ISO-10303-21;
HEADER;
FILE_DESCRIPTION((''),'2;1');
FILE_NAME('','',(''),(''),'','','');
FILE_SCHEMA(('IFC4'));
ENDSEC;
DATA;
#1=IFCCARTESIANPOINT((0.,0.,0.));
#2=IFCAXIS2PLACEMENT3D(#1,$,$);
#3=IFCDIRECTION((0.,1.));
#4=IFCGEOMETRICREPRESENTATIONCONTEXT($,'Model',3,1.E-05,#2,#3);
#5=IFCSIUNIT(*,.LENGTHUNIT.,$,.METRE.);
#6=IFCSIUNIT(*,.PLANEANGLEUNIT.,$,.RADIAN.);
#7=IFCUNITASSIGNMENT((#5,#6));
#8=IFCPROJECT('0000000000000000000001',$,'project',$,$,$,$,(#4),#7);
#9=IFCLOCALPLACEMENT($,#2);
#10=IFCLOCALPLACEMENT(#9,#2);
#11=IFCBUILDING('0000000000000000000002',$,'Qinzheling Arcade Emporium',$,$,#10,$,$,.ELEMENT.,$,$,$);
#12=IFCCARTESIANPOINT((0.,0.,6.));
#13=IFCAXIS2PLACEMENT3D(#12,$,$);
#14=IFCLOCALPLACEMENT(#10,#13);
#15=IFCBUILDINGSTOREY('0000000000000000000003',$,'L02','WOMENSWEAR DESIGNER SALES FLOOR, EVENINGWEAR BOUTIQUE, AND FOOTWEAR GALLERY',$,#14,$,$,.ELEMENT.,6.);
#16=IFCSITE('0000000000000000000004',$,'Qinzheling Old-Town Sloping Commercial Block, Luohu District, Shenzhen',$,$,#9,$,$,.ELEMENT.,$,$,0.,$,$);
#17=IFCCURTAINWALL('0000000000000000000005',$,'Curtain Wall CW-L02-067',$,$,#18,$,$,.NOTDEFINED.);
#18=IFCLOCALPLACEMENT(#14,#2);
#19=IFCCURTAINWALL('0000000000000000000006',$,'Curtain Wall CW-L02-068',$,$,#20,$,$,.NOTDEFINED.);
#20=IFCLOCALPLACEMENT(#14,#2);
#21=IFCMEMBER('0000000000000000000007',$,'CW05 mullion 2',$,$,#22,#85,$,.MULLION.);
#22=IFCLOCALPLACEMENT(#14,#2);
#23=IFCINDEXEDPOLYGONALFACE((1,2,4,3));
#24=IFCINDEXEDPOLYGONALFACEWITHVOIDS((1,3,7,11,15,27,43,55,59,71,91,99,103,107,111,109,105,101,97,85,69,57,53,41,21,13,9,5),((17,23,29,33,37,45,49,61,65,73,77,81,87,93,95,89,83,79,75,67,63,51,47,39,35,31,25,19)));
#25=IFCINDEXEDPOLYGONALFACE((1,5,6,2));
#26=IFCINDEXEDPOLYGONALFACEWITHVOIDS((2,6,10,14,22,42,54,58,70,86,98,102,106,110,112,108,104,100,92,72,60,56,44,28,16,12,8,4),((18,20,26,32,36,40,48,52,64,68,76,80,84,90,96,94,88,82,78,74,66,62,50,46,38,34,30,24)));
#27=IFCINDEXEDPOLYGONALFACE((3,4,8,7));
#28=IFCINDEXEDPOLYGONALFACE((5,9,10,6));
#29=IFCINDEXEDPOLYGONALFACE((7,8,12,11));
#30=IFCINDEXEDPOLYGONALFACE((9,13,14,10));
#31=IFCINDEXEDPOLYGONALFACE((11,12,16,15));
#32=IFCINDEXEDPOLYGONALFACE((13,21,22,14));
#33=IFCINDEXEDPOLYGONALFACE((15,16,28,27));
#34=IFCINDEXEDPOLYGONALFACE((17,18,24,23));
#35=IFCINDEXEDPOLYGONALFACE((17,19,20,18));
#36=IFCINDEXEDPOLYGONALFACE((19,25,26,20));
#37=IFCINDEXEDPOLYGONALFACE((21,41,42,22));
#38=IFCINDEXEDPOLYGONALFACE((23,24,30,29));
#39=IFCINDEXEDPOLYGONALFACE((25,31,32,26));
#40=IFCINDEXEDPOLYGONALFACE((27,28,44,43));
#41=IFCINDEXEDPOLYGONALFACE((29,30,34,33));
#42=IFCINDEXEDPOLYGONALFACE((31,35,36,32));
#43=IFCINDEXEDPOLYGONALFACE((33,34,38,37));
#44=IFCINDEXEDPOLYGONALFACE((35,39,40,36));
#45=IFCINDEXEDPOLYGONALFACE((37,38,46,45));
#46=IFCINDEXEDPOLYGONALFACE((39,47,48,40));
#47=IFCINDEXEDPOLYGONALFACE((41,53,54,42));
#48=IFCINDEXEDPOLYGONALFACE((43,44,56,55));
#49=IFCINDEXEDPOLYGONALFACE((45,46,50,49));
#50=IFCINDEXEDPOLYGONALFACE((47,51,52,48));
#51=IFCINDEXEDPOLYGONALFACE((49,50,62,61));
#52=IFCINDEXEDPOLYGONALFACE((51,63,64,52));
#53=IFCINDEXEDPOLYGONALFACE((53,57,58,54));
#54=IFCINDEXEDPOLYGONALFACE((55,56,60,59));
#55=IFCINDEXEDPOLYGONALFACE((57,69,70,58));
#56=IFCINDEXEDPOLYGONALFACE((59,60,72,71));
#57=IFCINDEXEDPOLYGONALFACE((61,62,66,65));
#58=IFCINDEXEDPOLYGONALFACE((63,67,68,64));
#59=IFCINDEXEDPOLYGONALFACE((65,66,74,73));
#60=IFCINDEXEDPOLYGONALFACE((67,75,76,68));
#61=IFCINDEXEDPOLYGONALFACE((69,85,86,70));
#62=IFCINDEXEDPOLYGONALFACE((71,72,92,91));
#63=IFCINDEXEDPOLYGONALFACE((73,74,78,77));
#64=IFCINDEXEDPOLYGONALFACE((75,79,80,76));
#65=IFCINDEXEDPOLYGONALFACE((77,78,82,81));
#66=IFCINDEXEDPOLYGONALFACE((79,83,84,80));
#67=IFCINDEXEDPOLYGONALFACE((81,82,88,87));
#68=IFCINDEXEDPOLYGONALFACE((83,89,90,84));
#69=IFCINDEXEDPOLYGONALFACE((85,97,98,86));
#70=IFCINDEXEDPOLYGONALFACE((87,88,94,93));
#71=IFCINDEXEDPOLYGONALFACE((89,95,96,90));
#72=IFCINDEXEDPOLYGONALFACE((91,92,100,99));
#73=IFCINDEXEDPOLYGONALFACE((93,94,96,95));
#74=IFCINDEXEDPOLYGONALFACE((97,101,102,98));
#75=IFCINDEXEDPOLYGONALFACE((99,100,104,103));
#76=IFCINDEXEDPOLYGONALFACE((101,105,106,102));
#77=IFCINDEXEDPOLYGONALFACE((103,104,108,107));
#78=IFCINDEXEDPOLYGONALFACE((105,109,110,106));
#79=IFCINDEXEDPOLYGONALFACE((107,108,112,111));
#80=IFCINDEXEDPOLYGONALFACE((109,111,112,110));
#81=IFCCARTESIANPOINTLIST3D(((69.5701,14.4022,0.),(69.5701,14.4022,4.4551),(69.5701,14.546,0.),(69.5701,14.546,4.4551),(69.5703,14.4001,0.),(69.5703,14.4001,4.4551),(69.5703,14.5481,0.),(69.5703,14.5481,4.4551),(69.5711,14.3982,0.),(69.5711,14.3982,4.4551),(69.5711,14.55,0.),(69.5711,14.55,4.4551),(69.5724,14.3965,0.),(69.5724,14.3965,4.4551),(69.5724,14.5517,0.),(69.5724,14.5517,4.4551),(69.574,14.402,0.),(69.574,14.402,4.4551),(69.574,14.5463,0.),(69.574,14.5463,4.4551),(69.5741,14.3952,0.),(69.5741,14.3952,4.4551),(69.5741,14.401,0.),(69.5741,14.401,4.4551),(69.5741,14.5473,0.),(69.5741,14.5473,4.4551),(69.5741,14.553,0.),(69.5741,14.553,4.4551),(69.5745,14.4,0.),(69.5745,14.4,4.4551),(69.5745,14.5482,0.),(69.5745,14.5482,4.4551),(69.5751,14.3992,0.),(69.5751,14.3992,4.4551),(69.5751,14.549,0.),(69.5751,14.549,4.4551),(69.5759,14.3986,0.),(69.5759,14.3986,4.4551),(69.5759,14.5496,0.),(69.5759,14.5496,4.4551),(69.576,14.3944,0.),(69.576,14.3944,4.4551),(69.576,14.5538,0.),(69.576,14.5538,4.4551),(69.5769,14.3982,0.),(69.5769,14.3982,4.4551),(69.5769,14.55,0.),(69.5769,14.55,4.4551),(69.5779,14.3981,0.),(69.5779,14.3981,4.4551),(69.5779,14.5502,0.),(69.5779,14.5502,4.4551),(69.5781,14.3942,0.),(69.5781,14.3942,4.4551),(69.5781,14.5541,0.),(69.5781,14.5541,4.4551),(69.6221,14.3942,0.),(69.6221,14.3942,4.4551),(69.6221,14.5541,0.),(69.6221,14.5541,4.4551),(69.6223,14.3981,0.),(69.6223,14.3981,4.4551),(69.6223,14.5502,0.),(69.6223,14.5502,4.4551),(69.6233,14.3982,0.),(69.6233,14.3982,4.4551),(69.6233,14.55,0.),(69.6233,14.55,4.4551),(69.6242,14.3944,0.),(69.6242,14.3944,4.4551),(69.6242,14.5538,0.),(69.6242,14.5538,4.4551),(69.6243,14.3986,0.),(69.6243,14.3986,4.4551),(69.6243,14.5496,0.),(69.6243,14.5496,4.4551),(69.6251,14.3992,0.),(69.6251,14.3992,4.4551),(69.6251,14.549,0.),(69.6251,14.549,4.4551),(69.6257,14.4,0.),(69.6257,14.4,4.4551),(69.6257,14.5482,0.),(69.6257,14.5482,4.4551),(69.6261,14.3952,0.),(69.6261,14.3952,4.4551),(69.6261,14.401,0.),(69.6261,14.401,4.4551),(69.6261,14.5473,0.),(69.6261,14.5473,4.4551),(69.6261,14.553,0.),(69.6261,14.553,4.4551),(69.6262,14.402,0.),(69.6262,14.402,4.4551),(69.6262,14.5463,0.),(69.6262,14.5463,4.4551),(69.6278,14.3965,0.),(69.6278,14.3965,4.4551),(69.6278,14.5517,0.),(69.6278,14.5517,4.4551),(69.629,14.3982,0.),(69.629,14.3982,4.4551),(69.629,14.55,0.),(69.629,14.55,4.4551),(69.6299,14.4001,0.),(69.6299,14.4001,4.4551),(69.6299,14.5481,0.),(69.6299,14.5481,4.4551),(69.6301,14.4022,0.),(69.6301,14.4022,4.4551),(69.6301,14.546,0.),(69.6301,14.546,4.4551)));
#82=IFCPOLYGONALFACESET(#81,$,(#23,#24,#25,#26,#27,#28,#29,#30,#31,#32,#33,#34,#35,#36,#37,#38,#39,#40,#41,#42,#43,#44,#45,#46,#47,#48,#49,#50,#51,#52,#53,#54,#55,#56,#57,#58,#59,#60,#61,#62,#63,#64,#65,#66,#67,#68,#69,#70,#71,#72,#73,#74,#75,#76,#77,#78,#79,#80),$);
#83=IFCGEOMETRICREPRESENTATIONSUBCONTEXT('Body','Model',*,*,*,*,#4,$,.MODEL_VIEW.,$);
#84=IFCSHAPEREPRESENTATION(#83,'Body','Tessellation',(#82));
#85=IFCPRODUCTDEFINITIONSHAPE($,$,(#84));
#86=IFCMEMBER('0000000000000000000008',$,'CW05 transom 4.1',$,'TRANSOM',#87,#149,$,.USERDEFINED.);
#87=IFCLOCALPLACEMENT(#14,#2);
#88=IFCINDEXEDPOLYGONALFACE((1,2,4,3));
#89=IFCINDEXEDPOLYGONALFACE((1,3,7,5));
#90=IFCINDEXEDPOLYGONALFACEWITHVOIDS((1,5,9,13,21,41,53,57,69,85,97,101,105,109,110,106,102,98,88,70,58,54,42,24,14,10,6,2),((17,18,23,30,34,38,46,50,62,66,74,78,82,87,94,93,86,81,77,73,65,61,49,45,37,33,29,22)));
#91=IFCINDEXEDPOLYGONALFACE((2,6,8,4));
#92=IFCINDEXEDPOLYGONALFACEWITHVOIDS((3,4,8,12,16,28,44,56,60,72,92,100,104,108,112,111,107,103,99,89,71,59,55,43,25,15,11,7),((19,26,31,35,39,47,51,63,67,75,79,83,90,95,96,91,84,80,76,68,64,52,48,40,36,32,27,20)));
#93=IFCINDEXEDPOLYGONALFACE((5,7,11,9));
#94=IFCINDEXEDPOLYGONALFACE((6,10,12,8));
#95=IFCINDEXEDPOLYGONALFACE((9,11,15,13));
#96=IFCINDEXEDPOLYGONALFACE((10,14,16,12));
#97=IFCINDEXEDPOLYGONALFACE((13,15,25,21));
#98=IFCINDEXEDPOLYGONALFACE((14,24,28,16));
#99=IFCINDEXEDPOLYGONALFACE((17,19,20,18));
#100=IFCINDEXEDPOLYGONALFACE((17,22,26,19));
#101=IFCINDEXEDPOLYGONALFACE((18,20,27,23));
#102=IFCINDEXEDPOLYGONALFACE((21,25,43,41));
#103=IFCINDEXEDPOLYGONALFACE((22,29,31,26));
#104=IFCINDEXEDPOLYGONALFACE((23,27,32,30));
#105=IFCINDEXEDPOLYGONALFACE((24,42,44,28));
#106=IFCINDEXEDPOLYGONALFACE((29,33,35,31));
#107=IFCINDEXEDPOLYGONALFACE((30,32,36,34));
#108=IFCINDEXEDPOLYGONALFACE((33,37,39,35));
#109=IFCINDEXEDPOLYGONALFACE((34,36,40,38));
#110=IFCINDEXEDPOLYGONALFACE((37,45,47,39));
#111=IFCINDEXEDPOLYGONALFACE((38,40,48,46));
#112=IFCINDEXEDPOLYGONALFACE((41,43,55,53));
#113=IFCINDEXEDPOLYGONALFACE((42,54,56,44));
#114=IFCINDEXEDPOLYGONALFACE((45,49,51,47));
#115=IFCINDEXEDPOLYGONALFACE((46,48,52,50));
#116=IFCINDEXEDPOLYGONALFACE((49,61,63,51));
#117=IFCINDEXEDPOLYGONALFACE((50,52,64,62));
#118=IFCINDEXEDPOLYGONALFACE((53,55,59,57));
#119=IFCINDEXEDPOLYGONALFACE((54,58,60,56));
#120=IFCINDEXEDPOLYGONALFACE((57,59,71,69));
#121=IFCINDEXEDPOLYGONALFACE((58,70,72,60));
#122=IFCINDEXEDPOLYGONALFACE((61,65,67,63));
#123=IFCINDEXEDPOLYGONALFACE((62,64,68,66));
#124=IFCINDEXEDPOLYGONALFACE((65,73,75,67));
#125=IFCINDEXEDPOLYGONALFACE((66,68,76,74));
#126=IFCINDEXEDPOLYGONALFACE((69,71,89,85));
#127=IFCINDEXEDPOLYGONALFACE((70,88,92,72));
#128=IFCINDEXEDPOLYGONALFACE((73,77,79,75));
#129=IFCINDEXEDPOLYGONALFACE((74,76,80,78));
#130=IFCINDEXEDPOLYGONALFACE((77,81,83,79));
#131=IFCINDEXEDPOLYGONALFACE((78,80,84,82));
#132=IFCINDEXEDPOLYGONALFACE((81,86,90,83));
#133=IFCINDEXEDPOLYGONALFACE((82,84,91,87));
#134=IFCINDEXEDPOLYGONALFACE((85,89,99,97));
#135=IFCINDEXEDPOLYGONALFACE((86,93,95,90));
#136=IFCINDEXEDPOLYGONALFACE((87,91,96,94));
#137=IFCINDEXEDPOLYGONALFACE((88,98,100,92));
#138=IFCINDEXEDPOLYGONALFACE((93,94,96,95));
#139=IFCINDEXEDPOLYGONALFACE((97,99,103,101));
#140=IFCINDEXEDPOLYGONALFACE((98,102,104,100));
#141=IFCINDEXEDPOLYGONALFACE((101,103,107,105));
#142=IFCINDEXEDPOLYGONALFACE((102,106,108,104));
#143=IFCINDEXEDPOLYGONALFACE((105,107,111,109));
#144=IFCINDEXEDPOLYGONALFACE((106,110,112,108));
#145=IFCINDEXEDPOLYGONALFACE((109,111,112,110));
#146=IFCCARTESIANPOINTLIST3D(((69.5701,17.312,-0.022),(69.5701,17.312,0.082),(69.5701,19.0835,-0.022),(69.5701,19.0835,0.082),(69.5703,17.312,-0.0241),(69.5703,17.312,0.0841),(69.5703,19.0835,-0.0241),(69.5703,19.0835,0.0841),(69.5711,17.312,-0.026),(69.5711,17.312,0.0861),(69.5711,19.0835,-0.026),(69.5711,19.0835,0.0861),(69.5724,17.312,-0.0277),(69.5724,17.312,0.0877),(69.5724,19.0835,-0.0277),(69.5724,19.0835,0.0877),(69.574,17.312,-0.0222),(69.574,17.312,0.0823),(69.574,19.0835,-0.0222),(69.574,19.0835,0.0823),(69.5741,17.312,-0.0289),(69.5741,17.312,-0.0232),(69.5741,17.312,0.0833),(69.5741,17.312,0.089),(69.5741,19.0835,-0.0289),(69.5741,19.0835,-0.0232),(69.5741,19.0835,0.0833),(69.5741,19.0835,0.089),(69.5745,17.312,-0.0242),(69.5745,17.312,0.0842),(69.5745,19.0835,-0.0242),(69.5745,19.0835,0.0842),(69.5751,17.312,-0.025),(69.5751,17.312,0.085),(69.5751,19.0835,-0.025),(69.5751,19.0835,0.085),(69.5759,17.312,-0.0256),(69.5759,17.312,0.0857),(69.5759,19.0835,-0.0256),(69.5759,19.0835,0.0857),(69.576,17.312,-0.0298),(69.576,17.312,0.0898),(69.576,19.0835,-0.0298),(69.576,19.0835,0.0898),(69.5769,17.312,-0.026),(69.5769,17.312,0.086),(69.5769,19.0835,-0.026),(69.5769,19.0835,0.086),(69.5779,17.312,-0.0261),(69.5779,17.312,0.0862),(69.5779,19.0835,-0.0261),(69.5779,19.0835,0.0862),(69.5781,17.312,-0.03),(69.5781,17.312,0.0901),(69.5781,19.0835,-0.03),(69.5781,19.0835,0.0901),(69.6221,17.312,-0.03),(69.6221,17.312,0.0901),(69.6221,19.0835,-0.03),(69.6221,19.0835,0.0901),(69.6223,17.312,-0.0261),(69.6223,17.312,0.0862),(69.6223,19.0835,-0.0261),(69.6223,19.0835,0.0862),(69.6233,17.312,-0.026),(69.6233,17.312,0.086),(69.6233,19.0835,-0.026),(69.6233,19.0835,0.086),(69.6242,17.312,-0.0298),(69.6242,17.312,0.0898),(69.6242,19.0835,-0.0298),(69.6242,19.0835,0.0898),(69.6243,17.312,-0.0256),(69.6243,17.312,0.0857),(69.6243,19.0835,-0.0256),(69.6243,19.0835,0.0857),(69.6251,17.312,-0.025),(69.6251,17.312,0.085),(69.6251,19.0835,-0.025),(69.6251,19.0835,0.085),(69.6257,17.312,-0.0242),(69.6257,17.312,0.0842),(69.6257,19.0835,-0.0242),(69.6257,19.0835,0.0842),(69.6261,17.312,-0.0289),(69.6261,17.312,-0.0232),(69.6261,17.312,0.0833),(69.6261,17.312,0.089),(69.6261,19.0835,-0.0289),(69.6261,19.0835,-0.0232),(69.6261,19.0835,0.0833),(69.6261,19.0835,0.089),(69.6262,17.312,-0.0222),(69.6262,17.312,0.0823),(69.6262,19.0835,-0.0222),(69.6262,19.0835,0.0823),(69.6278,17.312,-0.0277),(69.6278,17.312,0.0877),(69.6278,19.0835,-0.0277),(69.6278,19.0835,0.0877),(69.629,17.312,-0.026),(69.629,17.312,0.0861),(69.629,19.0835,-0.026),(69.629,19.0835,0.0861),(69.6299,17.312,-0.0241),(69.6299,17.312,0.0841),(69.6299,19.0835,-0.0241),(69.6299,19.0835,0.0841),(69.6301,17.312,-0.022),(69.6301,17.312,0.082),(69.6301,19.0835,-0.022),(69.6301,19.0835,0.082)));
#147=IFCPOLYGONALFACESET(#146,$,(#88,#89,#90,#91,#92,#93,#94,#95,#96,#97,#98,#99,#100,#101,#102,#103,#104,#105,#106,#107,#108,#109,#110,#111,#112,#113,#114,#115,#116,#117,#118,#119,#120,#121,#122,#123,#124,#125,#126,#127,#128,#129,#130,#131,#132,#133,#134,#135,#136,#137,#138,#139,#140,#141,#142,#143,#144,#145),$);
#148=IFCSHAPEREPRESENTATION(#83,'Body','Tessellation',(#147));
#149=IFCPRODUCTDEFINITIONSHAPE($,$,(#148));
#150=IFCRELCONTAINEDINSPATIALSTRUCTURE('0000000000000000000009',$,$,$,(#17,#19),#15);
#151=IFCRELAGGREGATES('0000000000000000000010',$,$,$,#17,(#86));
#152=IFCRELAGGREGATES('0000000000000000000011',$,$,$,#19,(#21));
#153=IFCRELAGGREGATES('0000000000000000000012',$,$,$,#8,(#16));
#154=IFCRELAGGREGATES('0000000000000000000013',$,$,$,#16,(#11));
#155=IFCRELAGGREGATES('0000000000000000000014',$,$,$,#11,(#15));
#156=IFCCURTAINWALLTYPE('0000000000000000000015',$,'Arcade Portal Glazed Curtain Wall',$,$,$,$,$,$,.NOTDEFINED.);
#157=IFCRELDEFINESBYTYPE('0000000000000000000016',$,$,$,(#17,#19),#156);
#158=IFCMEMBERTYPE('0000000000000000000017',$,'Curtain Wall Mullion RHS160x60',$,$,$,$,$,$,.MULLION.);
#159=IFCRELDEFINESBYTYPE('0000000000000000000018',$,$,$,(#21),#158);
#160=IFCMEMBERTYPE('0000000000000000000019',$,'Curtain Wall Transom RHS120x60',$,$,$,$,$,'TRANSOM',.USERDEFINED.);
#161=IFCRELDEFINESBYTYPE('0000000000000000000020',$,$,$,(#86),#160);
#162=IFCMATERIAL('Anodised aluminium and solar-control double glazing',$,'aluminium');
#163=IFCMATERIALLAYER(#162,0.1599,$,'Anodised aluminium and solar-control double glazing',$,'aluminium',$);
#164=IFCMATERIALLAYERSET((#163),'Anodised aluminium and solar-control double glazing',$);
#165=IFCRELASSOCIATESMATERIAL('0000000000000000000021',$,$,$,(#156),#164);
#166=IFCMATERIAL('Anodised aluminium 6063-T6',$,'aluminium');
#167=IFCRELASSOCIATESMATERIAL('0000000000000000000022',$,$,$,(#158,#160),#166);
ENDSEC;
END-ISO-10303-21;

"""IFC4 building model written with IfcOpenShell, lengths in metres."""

from ifc_helpers import new_model, si_unit, direction, frame, origin, origin_2d, place, context, subcontext, project, spatial, hollow_rectangle, extrude, material, layer, layer_set, material_profile, profile_set, type_object, element, aggregate, save


model = new_model("IFC4")

# Units and contexts
model_context = context("Model", 3, precision=1e-05, world=origin(), true_north=direction((0.0, 1.0)))
body_context = subcontext(model_context, "Body", "Model", "MODEL_VIEW")
ifc_project = project(units=[si_unit("LENGTHUNIT", "METRE"), si_unit("PLANEANGLEUNIT", "RADIAN")], contexts=[model_context])

# Site, building, storey
site_placement = place(None, origin())
site = spatial("IfcSite", under=ifc_project, at=site_placement, Name="Qinzheling Old-Town Sloping Commercial Block, Luohu District, Shenzhen", CompositionType="ELEMENT", RefElevation=0.0)
building_placement = place(site_placement, origin())
building = spatial("IfcBuilding", under=site, at=building_placement, Name="Qinzheling Arcade Emporium", CompositionType="ELEMENT")
storey_placement = place(building_placement, frame((0.0, 0.0, 6.0)))
storey = spatial("IfcBuildingStorey", under=building, at=storey_placement, Name="L02", Description="WOMENSWEAR DESIGNER SALES FLOOR, EVENINGWEAR BOUTIQUE, AND FOOTWEAR GALLERY", CompositionType="ELEMENT", Elevation=6.0)

# Curtain wall
ifc_material_1 = material(Name="Anodised aluminium and solar-control double glazing", Category="aluminium")
ifc_layer_1 = layer(ifc_material_1, 0.1599, Name="Anodised aluminium and solar-control double glazing", Category="aluminium")
ifc_layer_set_1 = layer_set([ifc_layer_1], Name="Anodised aluminium and solar-control double glazing")
curtain_wall_type = type_object("IfcCurtainWallType", Name="Arcade Portal Glazed Curtain Wall", PredefinedType="NOTDEFINED", material=ifc_layer_set_1)
curtain_wall_1_placement = place(storey_placement, origin())
curtain_wall_1 = element("IfcCurtainWall", 1, at=curtain_wall_1_placement, inside=storey, type_object=curtain_wall_type, Name="Curtain Wall CW-L02-067", PredefinedType="NOTDEFINED")
ifc_material_2 = material(Name="Anodised aluminium 6063-T6", Category="aluminium")
ifc_material_profile_1 = material_profile(ifc_material_2, hollow_rectangle(XDim=0.0601, YDim=0.1599, WallThickness=0.0039, InnerFilletRadius=0.0039, OuterFilletRadius=0.0081, at=origin_2d()), Name="RHS 160x60x4", Category="aluminium")
ifc_profile_set_1 = profile_set([ifc_material_profile_1], Name="Anodised aluminium 6063-T6")
member_type_1 = type_object("IfcMemberType", Name="Curtain Wall Mullion RHS160x60", PredefinedType="MULLION", material=ifc_profile_set_1)

# Curtain wall, member
curtain_wall_2_placement = place(storey_placement, origin())
curtain_wall_2 = element("IfcCurtainWall", 2, at=curtain_wall_2_placement, inside=storey, type_object=curtain_wall_type, Name="Curtain Wall CW-L02-068", PredefinedType="NOTDEFINED")
member_1_placement = place(storey_placement, frame((69.6001, 14.4741, 0.0), z_axis=(0.0, 0.0, 1.0), x_axis=(1.0, 0.0, 0.0)))
member_1 = element("IfcMember", 3, at=member_1_placement, type_object=member_type_1, Name="CW05 mullion 2", PredefinedType="MULLION", context=body_context, shape_type="SweptSolid", body=[
    extrude(hollow_rectangle(XDim=0.0601, YDim=0.1599, WallThickness=0.0039, InnerFilletRadius=0.0039, OuterFilletRadius=0.0081, at=origin_2d()), origin(), (0.0, 0.0, 1.0), 4.4551),
])

# Member
ifc_material_profile_2 = material_profile(ifc_material_2, hollow_rectangle(XDim=0.0601, YDim=0.1201, WallThickness=0.0039, InnerFilletRadius=0.0039, OuterFilletRadius=0.0081, at=origin_2d()), Name="RHS 120x60x4", Category="aluminium")
ifc_profile_set_2 = profile_set([ifc_material_profile_2], Name="Anodised aluminium 6063-T6")
member_type_2 = type_object("IfcMemberType", Name="Curtain Wall Transom RHS120x60", ElementType="TRANSOM", PredefinedType="USERDEFINED", material=ifc_profile_set_2)
member_2_placement = place(storey_placement, frame((69.6001, 19.0835, 0.03), z_axis=(0.0, -1.0, 0.0), x_axis=(1.0, 0.0, 0.0)))
member_2 = element("IfcMember", 4, at=member_2_placement, type_object=member_type_2, Name="CW05 transom 4.1", ObjectType="TRANSOM", PredefinedType="USERDEFINED", context=body_context, shape_type="SweptSolid", body=[
    extrude(hollow_rectangle(XDim=0.0601, YDim=0.1201, WallThickness=0.0039, InnerFilletRadius=0.0039, OuterFilletRadius=0.0081, at=origin_2d()), origin(), (0.0, 0.0, 1.0), 1.7715),
])

aggregate(curtain_wall_1, [member_2])
aggregate(curtain_wall_2, [member_1])

save(model, "model.ifc")
